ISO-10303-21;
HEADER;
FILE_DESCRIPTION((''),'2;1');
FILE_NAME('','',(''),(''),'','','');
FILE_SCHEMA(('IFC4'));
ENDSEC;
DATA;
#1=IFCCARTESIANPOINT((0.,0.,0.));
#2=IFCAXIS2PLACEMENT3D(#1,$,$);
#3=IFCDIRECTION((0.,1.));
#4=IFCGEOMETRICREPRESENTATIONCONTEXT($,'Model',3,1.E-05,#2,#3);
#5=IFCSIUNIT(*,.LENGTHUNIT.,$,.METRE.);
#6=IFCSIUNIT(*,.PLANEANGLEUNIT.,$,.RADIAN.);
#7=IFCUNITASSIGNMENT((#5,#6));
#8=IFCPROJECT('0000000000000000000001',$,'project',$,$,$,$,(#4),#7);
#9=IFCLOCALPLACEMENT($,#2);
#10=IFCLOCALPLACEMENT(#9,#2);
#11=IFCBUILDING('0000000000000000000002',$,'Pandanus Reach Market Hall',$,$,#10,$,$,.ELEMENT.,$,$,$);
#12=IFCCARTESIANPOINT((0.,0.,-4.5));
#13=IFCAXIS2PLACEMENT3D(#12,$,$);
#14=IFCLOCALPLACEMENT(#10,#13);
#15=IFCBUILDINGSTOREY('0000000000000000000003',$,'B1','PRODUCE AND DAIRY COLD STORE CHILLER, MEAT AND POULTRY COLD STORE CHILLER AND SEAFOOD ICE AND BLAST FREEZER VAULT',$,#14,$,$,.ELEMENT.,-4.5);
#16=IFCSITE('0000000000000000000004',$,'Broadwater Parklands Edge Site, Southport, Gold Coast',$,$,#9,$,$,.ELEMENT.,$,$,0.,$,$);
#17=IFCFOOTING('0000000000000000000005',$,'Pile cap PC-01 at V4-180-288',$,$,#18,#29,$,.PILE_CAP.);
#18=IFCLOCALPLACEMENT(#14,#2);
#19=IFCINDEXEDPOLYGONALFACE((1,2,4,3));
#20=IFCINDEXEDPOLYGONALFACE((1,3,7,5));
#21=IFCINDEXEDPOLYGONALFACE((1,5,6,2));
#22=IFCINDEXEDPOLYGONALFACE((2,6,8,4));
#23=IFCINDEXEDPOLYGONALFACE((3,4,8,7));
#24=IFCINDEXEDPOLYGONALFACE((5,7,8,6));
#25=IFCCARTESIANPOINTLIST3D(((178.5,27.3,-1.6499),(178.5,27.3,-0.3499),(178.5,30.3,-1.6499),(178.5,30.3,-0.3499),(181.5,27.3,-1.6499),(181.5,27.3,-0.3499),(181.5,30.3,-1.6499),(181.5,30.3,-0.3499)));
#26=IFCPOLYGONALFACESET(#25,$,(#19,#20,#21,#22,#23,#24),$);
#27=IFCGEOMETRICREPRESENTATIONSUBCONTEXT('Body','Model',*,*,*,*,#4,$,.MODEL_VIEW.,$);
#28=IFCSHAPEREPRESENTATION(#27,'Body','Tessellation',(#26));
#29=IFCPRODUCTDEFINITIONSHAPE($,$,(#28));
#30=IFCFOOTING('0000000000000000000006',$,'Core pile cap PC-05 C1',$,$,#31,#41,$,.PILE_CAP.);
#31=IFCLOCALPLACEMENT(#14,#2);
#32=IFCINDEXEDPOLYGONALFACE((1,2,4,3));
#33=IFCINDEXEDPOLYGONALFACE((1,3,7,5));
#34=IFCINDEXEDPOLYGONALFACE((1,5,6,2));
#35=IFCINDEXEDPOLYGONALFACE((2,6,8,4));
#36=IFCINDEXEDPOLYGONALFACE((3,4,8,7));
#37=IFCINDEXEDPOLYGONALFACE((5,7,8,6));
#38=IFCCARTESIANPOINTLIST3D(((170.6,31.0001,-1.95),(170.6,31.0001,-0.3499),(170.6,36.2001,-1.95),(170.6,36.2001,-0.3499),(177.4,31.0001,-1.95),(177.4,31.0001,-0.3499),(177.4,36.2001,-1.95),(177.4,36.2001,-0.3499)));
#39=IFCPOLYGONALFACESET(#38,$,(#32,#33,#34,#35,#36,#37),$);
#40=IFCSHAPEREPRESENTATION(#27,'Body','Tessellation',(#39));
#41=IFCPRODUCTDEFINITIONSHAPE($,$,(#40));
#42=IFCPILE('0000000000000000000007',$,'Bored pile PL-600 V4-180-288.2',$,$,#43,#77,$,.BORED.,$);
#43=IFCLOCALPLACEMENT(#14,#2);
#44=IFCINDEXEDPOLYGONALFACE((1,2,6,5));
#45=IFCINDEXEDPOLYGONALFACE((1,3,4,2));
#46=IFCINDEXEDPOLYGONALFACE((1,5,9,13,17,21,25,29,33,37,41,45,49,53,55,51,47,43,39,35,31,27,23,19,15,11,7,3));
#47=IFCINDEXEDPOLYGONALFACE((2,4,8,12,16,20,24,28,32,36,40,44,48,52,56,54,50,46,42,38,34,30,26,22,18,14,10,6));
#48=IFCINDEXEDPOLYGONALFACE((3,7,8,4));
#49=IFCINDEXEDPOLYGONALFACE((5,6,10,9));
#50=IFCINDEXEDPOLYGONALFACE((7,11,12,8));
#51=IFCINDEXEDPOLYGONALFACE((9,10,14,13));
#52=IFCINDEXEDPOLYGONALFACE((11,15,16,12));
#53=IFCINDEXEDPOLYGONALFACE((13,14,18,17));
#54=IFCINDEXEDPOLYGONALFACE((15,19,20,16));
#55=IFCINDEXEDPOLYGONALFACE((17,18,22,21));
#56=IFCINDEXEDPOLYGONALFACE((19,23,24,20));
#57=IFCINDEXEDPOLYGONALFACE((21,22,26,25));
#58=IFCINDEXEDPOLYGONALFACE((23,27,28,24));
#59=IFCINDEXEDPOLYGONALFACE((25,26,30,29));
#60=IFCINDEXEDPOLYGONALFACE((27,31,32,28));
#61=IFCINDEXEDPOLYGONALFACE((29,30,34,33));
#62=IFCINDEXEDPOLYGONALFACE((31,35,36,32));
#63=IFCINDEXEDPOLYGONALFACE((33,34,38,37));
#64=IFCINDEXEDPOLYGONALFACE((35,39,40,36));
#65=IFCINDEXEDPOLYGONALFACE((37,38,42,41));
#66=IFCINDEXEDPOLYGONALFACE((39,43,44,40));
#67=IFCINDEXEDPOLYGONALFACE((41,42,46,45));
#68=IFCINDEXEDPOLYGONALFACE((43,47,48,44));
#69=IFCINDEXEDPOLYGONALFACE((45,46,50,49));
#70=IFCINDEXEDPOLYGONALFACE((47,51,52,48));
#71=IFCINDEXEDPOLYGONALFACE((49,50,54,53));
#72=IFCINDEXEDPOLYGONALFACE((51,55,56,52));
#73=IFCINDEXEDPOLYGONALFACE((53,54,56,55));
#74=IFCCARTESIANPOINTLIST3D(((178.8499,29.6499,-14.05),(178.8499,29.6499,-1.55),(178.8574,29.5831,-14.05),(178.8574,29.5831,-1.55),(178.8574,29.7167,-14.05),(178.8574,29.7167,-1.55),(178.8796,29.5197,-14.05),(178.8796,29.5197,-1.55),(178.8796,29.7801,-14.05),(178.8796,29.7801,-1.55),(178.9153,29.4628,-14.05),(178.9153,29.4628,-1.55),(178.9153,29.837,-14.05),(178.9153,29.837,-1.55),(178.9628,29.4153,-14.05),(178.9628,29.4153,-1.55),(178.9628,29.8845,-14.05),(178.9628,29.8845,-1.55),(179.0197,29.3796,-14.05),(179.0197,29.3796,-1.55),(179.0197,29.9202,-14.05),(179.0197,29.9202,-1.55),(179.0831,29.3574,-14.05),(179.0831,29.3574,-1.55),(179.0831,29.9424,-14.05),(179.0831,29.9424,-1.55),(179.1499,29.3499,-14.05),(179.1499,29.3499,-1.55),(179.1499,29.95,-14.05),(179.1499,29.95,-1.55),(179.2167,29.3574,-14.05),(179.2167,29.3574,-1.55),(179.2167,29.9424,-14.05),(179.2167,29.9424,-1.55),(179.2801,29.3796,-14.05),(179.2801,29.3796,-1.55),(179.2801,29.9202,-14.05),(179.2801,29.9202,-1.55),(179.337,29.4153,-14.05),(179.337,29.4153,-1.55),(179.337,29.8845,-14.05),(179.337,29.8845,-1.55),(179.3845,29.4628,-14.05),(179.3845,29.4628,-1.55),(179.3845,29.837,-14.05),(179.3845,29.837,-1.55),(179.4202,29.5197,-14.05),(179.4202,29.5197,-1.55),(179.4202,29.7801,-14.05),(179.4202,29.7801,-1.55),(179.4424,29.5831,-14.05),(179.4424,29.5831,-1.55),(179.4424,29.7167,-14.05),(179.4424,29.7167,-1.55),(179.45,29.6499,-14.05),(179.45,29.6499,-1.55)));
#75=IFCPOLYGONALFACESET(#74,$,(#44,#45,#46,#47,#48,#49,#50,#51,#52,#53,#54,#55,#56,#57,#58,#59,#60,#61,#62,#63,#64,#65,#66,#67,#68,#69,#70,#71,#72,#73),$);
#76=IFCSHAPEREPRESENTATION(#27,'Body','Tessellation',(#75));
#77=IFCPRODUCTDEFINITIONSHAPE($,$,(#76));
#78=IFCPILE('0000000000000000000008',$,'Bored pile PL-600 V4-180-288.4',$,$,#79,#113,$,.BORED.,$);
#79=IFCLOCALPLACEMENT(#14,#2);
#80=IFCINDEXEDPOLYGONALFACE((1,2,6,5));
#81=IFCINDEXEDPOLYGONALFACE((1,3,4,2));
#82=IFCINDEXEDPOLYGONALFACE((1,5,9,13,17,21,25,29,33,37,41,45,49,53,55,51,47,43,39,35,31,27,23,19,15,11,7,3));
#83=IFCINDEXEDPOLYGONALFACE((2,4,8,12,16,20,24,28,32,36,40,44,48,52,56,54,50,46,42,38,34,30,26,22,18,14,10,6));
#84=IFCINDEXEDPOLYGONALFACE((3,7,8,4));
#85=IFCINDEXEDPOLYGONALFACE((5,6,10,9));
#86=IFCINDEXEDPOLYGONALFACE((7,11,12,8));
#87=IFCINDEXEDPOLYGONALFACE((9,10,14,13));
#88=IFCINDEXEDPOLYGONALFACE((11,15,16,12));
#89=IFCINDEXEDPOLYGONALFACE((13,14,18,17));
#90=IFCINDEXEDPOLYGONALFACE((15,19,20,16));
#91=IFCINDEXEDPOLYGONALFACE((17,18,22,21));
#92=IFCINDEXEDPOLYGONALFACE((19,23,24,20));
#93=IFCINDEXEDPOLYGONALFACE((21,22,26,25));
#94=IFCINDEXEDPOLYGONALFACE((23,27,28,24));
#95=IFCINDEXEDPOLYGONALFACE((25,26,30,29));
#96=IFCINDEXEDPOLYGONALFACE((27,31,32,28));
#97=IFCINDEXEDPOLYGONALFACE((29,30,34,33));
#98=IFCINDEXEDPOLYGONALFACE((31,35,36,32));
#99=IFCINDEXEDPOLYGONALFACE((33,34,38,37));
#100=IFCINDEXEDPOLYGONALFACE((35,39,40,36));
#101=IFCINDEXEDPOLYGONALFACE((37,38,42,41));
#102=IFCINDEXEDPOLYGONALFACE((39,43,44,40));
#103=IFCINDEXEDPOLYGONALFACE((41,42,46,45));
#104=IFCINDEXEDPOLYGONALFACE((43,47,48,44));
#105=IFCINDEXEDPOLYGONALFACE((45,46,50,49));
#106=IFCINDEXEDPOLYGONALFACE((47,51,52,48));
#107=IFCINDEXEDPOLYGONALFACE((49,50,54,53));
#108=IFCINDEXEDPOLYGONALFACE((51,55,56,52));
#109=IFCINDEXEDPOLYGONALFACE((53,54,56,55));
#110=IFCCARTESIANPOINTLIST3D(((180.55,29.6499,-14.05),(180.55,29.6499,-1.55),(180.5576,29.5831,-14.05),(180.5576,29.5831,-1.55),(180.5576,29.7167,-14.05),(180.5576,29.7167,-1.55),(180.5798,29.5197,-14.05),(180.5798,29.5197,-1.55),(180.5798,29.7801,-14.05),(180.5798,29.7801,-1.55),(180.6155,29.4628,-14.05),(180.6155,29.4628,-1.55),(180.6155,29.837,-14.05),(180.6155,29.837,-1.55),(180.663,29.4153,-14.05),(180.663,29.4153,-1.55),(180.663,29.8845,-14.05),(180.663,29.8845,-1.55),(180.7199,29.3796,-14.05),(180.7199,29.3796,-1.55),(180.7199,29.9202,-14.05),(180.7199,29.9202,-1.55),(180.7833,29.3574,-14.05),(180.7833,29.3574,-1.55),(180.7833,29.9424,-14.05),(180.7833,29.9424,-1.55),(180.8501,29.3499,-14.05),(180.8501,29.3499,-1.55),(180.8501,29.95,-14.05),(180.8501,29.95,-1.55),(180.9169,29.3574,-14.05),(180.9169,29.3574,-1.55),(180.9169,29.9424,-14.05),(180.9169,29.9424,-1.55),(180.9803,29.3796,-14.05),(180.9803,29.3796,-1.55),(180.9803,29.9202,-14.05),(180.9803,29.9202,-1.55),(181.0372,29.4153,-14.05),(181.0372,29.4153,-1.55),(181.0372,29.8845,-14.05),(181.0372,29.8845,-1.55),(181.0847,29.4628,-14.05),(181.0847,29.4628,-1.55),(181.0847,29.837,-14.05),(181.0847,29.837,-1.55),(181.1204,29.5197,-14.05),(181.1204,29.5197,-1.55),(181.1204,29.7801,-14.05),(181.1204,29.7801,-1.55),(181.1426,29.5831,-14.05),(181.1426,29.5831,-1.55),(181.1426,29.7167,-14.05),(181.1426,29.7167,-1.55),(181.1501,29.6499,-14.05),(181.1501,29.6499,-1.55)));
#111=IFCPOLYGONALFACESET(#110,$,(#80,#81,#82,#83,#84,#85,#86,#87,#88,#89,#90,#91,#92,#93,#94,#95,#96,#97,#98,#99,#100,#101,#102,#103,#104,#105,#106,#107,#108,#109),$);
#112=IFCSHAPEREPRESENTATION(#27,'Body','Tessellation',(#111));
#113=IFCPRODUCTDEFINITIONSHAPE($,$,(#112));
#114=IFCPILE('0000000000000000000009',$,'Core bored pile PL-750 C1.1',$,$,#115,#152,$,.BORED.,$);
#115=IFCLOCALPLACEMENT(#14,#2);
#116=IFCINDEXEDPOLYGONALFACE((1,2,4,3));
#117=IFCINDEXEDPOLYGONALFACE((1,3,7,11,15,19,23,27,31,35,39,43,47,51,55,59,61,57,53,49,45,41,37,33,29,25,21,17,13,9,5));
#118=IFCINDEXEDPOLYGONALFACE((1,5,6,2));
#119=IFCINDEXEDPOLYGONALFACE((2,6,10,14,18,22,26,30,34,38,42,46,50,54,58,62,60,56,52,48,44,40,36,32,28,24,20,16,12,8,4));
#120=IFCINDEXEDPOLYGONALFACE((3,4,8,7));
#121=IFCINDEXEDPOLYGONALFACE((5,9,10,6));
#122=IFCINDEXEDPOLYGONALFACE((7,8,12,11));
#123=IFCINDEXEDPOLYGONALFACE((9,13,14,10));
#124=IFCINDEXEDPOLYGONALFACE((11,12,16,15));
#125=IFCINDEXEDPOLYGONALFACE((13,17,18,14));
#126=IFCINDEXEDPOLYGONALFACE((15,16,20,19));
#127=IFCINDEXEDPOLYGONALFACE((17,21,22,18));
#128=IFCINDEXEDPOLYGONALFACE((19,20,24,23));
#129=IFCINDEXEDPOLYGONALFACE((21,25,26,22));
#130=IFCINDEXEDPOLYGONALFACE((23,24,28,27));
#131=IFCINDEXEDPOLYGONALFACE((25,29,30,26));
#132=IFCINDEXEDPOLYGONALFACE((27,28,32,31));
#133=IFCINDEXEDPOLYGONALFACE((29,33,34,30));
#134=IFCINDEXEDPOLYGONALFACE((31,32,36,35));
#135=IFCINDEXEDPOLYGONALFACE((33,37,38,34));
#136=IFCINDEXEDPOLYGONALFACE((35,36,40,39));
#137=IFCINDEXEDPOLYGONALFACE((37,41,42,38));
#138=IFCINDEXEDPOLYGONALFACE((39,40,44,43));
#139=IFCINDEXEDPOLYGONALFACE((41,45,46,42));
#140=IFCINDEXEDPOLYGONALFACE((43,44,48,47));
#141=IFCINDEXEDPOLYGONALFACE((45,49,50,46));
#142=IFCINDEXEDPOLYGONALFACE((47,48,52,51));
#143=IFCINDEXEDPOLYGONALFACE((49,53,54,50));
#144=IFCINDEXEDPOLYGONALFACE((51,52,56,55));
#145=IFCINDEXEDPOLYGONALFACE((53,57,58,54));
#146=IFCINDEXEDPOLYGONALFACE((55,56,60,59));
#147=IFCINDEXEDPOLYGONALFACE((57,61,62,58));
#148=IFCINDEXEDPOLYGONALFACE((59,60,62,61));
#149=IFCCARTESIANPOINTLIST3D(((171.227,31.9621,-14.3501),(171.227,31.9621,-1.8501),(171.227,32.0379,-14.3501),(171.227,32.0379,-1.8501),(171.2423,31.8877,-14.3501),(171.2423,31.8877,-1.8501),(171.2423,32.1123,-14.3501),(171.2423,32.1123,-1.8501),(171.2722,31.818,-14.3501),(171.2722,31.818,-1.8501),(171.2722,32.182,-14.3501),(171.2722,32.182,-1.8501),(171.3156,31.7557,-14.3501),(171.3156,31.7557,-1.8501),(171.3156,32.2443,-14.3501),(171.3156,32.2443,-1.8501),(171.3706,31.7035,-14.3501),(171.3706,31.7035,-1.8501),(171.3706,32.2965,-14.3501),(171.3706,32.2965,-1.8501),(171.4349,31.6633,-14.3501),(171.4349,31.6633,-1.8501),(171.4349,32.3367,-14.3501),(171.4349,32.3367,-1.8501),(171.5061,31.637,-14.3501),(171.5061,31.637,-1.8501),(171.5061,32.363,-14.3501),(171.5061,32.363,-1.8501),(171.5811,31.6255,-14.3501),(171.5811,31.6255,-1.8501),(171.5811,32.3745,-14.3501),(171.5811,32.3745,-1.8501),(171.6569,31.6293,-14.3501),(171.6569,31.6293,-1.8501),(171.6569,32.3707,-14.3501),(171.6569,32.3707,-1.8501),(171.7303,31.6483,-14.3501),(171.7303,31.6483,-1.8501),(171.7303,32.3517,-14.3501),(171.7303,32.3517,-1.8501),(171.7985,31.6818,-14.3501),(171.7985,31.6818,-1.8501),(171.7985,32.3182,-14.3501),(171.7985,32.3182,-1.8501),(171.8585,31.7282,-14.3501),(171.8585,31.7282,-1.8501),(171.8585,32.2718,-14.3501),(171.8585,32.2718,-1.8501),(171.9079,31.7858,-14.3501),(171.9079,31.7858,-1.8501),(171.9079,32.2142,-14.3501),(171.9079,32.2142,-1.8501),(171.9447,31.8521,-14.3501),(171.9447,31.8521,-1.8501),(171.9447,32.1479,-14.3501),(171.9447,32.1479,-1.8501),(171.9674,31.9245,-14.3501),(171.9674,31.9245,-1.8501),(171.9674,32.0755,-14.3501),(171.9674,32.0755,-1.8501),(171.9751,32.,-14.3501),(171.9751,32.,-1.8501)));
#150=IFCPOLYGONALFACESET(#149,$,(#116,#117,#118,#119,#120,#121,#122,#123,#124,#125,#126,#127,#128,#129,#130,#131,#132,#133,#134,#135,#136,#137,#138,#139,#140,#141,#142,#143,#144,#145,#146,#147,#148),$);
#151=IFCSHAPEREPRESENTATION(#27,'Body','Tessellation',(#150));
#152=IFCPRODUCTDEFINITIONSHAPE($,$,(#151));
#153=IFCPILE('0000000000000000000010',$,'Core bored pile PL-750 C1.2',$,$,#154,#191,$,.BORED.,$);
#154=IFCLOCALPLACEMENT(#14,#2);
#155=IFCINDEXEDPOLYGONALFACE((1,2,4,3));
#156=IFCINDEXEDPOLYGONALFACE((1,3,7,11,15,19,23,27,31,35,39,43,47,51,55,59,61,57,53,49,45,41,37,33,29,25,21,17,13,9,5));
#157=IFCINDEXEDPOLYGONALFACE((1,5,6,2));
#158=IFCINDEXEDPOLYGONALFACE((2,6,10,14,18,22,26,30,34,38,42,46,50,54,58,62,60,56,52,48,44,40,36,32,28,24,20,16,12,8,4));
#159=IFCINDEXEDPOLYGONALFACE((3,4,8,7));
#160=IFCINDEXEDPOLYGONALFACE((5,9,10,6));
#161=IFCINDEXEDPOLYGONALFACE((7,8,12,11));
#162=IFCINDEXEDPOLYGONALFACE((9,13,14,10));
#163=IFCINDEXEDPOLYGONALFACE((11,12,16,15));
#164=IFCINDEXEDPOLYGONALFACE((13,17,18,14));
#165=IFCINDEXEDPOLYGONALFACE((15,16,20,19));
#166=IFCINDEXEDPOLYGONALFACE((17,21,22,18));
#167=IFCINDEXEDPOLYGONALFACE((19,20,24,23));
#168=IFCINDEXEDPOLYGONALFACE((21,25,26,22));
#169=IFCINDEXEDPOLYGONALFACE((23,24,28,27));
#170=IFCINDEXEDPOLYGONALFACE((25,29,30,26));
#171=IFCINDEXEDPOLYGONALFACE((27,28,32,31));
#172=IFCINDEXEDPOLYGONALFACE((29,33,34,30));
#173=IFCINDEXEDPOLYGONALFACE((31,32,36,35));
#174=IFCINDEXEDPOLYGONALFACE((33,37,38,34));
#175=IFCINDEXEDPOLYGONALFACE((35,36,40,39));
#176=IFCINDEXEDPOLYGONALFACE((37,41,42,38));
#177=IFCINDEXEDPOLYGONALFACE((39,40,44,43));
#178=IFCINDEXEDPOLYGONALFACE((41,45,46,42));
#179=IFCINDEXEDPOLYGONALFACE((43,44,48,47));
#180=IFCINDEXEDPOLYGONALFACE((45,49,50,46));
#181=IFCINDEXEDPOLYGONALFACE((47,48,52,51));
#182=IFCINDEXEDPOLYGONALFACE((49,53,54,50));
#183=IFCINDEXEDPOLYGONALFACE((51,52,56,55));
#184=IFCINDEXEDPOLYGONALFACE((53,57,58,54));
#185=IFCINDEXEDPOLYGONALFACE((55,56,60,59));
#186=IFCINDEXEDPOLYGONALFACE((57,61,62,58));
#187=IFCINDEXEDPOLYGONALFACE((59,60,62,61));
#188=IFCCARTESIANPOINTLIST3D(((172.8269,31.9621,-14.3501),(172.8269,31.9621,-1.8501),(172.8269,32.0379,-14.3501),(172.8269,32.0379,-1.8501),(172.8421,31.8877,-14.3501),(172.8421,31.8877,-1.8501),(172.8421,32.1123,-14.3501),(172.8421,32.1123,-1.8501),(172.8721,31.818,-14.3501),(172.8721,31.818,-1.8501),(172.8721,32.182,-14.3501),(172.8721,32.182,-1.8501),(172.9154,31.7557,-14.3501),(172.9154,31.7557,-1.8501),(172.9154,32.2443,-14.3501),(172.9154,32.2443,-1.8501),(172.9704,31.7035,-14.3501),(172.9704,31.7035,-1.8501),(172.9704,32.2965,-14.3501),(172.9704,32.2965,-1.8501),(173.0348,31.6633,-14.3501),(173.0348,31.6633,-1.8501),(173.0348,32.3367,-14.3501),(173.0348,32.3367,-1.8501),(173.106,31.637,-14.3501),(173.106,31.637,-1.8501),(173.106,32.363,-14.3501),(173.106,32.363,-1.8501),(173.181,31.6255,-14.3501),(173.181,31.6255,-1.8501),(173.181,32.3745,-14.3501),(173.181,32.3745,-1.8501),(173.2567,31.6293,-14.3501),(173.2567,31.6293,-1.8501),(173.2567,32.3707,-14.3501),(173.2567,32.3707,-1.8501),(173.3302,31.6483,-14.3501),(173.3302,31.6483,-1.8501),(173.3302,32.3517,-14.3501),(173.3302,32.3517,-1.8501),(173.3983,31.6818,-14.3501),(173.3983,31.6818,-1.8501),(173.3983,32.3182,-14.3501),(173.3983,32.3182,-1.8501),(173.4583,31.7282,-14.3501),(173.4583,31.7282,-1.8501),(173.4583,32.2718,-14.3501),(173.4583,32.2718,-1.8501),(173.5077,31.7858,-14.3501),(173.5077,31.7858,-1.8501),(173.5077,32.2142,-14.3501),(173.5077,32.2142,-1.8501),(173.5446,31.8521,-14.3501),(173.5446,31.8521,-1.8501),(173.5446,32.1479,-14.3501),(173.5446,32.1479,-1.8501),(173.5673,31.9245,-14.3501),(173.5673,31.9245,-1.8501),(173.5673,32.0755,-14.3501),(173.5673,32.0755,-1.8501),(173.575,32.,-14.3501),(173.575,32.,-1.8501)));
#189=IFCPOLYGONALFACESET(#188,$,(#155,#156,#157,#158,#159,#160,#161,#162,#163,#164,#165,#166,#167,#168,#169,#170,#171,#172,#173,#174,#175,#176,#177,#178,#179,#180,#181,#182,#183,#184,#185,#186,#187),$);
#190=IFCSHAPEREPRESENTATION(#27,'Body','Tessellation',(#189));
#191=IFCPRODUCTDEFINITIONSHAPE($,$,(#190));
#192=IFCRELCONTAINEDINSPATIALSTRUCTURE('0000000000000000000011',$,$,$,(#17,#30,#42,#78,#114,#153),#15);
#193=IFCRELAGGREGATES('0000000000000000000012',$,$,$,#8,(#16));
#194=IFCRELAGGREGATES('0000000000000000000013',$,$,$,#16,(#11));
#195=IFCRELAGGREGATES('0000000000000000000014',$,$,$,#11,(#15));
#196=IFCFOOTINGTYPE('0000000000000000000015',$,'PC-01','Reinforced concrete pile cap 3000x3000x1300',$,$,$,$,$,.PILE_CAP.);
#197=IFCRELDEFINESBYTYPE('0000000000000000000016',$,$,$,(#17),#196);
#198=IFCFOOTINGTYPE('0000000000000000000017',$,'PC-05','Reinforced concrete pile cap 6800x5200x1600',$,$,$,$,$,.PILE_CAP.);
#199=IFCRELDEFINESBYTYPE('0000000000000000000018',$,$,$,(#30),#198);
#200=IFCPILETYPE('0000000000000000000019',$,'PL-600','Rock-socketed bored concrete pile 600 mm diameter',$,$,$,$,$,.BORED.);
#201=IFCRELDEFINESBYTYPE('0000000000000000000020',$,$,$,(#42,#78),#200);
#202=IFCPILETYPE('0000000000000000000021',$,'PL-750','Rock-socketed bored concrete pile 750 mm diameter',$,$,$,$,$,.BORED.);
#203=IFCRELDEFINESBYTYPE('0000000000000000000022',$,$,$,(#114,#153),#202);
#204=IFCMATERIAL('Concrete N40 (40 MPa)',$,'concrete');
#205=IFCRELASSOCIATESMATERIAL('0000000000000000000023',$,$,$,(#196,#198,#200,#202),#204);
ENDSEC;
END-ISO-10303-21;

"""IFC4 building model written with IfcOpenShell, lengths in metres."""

from ifc_helpers import new_model, si_unit, direction, frame, origin, origin_2d, place, context, subcontext, project, spatial, rectangle, circle, extrude, material, material_profile, profile_set, type_object, element, save


model = new_model("IFC4")

# Units and contexts
model_context = context("Model", 3, precision=1e-05, world=origin(), true_north=direction((0.0, 1.0)))
body_context = subcontext(model_context, "Body", "Model", "MODEL_VIEW")
ifc_project = project(units=[si_unit("LENGTHUNIT", "METRE"), si_unit("PLANEANGLEUNIT", "RADIAN")], contexts=[model_context])

# Site, building, storey
site_placement = place(None, origin())
site = spatial("IfcSite", under=ifc_project, at=site_placement, Name="Broadwater Parklands Edge Site, Southport, Gold Coast", CompositionType="ELEMENT", RefElevation=0.0)
building_placement = place(site_placement, origin())
building = spatial("IfcBuilding", under=site, at=building_placement, Name="Pandanus Reach Market Hall", CompositionType="ELEMENT")
storey_placement = place(building_placement, frame((0.0, 0.0, -4.5)))
storey = spatial("IfcBuildingStorey", under=building, at=storey_placement, Name="B1", Description="PRODUCE AND DAIRY COLD STORE CHILLER, MEAT AND POULTRY COLD STORE CHILLER AND SEAFOOD ICE AND BLAST FREEZER VAULT", CompositionType="ELEMENT", Elevation=-4.5)

# Footings
ifc_material_1 = material(Name="Concrete N40 (40 MPa)", Category="concrete")
footing_type_1 = type_object("IfcFootingType", Name="PC-01", Description="Reinforced concrete pile cap 3000x3000x1300", PredefinedType="PILE_CAP", material=ifc_material_1)
footing_1_placement = place(storey_placement, frame((180.0, 28.8, -1.6499), z_axis=(0.0, 0.0, 1.0), x_axis=(1.0, 0.0, 0.0)))
element("IfcFooting", 1, at=footing_1_placement, inside=storey, type_object=footing_type_1, Name="Pile cap PC-01 at V4-180-288", PredefinedType="PILE_CAP", context=body_context, shape_type="SweptSolid", body=[
    extrude(rectangle(XDim=3.0, YDim=3.0, at=origin_2d()), origin(), (0.0, 0.0, 1.0), 1.3),
])
footing_type_2 = type_object("IfcFootingType", Name="PC-05", Description="Reinforced concrete pile cap 6800x5200x1600", PredefinedType="PILE_CAP", material=ifc_material_1)
footing_2_placement = place(storey_placement, frame((174.0, 33.6001, -1.95), z_axis=(0.0, 0.0, 1.0), x_axis=(1.0, 0.0, 0.0)))
element("IfcFooting", 2, at=footing_2_placement, inside=storey, type_object=footing_type_2, Name="Core pile cap PC-05 C1", PredefinedType="PILE_CAP", context=body_context, shape_type="SweptSolid", body=[
    extrude(rectangle(XDim=6.8, YDim=5.2, at=origin_2d()), origin(), (0.0, 0.0, 1.0), 1.6001),
])

# Piles
ifc_material_profile_1 = material_profile(ifc_material_1, circle(Radius=0.3, at=origin_2d()), Name="PILE-600D", Category="LoadBearing")
ifc_profile_set_1 = profile_set([ifc_material_profile_1], Name="Concrete N40 (40 MPa)")
pile_type_1 = type_object("IfcPileType", Name="PL-600", Description="Rock-socketed bored concrete pile 600 mm diameter", PredefinedType="BORED", material=ifc_profile_set_1)
for number, where, z_axis, x_axis, name in (
    (3, (179.1499, 29.6499, -1.55), (0.0, 0.0, -1.0), (1.0, 0.0, 0.0), "Bored pile PL-600 V4-180-288.2"),
    (4, (180.8501, 29.6499, -1.55), (0.0, 0.0, -1.0), (1.0, 0.0, 0.0), "Bored pile PL-600 V4-180-288.4"),
):
    element("IfcPile", number, at=place(storey_placement, frame(where, z_axis=z_axis, x_axis=x_axis)), inside=storey, type_object=pile_type_1, Name=name, PredefinedType="BORED", context=body_context, shape_type="SweptSolid", body=[
        extrude(circle(Radius=0.3, at=origin_2d()), origin(), (0.0, 0.0, 1.0), 12.5),
    ])
ifc_material_profile_2 = material_profile(ifc_material_1, circle(Radius=0.375, at=origin_2d()), Name="PILE-750D", Category="LoadBearing")
ifc_profile_set_2 = profile_set([ifc_material_profile_2], Name="Concrete N40 (40 MPa)")
pile_type_2 = type_object("IfcPileType", Name="PL-750", Description="Rock-socketed bored concrete pile 750 mm diameter", PredefinedType="BORED", material=ifc_profile_set_2)
for number, where, z_axis, x_axis, name in (
    (5, (171.6001, 32.0, -1.8501), (0.0, 0.0, -1.0), (1.0, 0.0, 0.0), "Core bored pile PL-750 C1.1"),
    (6, (173.2, 32.0, -1.8501), (0.0, 0.0, -1.0), (1.0, 0.0, 0.0), "Core bored pile PL-750 C1.2"),
):
    element("IfcPile", number, at=place(storey_placement, frame(where, z_axis=z_axis, x_axis=x_axis)), inside=storey, type_object=pile_type_2, Name=name, PredefinedType="BORED", context=body_context, shape_type="SweptSolid", body=[
        extrude(circle(Radius=0.375, at=origin_2d()), origin(), (0.0, 0.0, 1.0), 12.5),
    ])

save(model, "model.ifc")
